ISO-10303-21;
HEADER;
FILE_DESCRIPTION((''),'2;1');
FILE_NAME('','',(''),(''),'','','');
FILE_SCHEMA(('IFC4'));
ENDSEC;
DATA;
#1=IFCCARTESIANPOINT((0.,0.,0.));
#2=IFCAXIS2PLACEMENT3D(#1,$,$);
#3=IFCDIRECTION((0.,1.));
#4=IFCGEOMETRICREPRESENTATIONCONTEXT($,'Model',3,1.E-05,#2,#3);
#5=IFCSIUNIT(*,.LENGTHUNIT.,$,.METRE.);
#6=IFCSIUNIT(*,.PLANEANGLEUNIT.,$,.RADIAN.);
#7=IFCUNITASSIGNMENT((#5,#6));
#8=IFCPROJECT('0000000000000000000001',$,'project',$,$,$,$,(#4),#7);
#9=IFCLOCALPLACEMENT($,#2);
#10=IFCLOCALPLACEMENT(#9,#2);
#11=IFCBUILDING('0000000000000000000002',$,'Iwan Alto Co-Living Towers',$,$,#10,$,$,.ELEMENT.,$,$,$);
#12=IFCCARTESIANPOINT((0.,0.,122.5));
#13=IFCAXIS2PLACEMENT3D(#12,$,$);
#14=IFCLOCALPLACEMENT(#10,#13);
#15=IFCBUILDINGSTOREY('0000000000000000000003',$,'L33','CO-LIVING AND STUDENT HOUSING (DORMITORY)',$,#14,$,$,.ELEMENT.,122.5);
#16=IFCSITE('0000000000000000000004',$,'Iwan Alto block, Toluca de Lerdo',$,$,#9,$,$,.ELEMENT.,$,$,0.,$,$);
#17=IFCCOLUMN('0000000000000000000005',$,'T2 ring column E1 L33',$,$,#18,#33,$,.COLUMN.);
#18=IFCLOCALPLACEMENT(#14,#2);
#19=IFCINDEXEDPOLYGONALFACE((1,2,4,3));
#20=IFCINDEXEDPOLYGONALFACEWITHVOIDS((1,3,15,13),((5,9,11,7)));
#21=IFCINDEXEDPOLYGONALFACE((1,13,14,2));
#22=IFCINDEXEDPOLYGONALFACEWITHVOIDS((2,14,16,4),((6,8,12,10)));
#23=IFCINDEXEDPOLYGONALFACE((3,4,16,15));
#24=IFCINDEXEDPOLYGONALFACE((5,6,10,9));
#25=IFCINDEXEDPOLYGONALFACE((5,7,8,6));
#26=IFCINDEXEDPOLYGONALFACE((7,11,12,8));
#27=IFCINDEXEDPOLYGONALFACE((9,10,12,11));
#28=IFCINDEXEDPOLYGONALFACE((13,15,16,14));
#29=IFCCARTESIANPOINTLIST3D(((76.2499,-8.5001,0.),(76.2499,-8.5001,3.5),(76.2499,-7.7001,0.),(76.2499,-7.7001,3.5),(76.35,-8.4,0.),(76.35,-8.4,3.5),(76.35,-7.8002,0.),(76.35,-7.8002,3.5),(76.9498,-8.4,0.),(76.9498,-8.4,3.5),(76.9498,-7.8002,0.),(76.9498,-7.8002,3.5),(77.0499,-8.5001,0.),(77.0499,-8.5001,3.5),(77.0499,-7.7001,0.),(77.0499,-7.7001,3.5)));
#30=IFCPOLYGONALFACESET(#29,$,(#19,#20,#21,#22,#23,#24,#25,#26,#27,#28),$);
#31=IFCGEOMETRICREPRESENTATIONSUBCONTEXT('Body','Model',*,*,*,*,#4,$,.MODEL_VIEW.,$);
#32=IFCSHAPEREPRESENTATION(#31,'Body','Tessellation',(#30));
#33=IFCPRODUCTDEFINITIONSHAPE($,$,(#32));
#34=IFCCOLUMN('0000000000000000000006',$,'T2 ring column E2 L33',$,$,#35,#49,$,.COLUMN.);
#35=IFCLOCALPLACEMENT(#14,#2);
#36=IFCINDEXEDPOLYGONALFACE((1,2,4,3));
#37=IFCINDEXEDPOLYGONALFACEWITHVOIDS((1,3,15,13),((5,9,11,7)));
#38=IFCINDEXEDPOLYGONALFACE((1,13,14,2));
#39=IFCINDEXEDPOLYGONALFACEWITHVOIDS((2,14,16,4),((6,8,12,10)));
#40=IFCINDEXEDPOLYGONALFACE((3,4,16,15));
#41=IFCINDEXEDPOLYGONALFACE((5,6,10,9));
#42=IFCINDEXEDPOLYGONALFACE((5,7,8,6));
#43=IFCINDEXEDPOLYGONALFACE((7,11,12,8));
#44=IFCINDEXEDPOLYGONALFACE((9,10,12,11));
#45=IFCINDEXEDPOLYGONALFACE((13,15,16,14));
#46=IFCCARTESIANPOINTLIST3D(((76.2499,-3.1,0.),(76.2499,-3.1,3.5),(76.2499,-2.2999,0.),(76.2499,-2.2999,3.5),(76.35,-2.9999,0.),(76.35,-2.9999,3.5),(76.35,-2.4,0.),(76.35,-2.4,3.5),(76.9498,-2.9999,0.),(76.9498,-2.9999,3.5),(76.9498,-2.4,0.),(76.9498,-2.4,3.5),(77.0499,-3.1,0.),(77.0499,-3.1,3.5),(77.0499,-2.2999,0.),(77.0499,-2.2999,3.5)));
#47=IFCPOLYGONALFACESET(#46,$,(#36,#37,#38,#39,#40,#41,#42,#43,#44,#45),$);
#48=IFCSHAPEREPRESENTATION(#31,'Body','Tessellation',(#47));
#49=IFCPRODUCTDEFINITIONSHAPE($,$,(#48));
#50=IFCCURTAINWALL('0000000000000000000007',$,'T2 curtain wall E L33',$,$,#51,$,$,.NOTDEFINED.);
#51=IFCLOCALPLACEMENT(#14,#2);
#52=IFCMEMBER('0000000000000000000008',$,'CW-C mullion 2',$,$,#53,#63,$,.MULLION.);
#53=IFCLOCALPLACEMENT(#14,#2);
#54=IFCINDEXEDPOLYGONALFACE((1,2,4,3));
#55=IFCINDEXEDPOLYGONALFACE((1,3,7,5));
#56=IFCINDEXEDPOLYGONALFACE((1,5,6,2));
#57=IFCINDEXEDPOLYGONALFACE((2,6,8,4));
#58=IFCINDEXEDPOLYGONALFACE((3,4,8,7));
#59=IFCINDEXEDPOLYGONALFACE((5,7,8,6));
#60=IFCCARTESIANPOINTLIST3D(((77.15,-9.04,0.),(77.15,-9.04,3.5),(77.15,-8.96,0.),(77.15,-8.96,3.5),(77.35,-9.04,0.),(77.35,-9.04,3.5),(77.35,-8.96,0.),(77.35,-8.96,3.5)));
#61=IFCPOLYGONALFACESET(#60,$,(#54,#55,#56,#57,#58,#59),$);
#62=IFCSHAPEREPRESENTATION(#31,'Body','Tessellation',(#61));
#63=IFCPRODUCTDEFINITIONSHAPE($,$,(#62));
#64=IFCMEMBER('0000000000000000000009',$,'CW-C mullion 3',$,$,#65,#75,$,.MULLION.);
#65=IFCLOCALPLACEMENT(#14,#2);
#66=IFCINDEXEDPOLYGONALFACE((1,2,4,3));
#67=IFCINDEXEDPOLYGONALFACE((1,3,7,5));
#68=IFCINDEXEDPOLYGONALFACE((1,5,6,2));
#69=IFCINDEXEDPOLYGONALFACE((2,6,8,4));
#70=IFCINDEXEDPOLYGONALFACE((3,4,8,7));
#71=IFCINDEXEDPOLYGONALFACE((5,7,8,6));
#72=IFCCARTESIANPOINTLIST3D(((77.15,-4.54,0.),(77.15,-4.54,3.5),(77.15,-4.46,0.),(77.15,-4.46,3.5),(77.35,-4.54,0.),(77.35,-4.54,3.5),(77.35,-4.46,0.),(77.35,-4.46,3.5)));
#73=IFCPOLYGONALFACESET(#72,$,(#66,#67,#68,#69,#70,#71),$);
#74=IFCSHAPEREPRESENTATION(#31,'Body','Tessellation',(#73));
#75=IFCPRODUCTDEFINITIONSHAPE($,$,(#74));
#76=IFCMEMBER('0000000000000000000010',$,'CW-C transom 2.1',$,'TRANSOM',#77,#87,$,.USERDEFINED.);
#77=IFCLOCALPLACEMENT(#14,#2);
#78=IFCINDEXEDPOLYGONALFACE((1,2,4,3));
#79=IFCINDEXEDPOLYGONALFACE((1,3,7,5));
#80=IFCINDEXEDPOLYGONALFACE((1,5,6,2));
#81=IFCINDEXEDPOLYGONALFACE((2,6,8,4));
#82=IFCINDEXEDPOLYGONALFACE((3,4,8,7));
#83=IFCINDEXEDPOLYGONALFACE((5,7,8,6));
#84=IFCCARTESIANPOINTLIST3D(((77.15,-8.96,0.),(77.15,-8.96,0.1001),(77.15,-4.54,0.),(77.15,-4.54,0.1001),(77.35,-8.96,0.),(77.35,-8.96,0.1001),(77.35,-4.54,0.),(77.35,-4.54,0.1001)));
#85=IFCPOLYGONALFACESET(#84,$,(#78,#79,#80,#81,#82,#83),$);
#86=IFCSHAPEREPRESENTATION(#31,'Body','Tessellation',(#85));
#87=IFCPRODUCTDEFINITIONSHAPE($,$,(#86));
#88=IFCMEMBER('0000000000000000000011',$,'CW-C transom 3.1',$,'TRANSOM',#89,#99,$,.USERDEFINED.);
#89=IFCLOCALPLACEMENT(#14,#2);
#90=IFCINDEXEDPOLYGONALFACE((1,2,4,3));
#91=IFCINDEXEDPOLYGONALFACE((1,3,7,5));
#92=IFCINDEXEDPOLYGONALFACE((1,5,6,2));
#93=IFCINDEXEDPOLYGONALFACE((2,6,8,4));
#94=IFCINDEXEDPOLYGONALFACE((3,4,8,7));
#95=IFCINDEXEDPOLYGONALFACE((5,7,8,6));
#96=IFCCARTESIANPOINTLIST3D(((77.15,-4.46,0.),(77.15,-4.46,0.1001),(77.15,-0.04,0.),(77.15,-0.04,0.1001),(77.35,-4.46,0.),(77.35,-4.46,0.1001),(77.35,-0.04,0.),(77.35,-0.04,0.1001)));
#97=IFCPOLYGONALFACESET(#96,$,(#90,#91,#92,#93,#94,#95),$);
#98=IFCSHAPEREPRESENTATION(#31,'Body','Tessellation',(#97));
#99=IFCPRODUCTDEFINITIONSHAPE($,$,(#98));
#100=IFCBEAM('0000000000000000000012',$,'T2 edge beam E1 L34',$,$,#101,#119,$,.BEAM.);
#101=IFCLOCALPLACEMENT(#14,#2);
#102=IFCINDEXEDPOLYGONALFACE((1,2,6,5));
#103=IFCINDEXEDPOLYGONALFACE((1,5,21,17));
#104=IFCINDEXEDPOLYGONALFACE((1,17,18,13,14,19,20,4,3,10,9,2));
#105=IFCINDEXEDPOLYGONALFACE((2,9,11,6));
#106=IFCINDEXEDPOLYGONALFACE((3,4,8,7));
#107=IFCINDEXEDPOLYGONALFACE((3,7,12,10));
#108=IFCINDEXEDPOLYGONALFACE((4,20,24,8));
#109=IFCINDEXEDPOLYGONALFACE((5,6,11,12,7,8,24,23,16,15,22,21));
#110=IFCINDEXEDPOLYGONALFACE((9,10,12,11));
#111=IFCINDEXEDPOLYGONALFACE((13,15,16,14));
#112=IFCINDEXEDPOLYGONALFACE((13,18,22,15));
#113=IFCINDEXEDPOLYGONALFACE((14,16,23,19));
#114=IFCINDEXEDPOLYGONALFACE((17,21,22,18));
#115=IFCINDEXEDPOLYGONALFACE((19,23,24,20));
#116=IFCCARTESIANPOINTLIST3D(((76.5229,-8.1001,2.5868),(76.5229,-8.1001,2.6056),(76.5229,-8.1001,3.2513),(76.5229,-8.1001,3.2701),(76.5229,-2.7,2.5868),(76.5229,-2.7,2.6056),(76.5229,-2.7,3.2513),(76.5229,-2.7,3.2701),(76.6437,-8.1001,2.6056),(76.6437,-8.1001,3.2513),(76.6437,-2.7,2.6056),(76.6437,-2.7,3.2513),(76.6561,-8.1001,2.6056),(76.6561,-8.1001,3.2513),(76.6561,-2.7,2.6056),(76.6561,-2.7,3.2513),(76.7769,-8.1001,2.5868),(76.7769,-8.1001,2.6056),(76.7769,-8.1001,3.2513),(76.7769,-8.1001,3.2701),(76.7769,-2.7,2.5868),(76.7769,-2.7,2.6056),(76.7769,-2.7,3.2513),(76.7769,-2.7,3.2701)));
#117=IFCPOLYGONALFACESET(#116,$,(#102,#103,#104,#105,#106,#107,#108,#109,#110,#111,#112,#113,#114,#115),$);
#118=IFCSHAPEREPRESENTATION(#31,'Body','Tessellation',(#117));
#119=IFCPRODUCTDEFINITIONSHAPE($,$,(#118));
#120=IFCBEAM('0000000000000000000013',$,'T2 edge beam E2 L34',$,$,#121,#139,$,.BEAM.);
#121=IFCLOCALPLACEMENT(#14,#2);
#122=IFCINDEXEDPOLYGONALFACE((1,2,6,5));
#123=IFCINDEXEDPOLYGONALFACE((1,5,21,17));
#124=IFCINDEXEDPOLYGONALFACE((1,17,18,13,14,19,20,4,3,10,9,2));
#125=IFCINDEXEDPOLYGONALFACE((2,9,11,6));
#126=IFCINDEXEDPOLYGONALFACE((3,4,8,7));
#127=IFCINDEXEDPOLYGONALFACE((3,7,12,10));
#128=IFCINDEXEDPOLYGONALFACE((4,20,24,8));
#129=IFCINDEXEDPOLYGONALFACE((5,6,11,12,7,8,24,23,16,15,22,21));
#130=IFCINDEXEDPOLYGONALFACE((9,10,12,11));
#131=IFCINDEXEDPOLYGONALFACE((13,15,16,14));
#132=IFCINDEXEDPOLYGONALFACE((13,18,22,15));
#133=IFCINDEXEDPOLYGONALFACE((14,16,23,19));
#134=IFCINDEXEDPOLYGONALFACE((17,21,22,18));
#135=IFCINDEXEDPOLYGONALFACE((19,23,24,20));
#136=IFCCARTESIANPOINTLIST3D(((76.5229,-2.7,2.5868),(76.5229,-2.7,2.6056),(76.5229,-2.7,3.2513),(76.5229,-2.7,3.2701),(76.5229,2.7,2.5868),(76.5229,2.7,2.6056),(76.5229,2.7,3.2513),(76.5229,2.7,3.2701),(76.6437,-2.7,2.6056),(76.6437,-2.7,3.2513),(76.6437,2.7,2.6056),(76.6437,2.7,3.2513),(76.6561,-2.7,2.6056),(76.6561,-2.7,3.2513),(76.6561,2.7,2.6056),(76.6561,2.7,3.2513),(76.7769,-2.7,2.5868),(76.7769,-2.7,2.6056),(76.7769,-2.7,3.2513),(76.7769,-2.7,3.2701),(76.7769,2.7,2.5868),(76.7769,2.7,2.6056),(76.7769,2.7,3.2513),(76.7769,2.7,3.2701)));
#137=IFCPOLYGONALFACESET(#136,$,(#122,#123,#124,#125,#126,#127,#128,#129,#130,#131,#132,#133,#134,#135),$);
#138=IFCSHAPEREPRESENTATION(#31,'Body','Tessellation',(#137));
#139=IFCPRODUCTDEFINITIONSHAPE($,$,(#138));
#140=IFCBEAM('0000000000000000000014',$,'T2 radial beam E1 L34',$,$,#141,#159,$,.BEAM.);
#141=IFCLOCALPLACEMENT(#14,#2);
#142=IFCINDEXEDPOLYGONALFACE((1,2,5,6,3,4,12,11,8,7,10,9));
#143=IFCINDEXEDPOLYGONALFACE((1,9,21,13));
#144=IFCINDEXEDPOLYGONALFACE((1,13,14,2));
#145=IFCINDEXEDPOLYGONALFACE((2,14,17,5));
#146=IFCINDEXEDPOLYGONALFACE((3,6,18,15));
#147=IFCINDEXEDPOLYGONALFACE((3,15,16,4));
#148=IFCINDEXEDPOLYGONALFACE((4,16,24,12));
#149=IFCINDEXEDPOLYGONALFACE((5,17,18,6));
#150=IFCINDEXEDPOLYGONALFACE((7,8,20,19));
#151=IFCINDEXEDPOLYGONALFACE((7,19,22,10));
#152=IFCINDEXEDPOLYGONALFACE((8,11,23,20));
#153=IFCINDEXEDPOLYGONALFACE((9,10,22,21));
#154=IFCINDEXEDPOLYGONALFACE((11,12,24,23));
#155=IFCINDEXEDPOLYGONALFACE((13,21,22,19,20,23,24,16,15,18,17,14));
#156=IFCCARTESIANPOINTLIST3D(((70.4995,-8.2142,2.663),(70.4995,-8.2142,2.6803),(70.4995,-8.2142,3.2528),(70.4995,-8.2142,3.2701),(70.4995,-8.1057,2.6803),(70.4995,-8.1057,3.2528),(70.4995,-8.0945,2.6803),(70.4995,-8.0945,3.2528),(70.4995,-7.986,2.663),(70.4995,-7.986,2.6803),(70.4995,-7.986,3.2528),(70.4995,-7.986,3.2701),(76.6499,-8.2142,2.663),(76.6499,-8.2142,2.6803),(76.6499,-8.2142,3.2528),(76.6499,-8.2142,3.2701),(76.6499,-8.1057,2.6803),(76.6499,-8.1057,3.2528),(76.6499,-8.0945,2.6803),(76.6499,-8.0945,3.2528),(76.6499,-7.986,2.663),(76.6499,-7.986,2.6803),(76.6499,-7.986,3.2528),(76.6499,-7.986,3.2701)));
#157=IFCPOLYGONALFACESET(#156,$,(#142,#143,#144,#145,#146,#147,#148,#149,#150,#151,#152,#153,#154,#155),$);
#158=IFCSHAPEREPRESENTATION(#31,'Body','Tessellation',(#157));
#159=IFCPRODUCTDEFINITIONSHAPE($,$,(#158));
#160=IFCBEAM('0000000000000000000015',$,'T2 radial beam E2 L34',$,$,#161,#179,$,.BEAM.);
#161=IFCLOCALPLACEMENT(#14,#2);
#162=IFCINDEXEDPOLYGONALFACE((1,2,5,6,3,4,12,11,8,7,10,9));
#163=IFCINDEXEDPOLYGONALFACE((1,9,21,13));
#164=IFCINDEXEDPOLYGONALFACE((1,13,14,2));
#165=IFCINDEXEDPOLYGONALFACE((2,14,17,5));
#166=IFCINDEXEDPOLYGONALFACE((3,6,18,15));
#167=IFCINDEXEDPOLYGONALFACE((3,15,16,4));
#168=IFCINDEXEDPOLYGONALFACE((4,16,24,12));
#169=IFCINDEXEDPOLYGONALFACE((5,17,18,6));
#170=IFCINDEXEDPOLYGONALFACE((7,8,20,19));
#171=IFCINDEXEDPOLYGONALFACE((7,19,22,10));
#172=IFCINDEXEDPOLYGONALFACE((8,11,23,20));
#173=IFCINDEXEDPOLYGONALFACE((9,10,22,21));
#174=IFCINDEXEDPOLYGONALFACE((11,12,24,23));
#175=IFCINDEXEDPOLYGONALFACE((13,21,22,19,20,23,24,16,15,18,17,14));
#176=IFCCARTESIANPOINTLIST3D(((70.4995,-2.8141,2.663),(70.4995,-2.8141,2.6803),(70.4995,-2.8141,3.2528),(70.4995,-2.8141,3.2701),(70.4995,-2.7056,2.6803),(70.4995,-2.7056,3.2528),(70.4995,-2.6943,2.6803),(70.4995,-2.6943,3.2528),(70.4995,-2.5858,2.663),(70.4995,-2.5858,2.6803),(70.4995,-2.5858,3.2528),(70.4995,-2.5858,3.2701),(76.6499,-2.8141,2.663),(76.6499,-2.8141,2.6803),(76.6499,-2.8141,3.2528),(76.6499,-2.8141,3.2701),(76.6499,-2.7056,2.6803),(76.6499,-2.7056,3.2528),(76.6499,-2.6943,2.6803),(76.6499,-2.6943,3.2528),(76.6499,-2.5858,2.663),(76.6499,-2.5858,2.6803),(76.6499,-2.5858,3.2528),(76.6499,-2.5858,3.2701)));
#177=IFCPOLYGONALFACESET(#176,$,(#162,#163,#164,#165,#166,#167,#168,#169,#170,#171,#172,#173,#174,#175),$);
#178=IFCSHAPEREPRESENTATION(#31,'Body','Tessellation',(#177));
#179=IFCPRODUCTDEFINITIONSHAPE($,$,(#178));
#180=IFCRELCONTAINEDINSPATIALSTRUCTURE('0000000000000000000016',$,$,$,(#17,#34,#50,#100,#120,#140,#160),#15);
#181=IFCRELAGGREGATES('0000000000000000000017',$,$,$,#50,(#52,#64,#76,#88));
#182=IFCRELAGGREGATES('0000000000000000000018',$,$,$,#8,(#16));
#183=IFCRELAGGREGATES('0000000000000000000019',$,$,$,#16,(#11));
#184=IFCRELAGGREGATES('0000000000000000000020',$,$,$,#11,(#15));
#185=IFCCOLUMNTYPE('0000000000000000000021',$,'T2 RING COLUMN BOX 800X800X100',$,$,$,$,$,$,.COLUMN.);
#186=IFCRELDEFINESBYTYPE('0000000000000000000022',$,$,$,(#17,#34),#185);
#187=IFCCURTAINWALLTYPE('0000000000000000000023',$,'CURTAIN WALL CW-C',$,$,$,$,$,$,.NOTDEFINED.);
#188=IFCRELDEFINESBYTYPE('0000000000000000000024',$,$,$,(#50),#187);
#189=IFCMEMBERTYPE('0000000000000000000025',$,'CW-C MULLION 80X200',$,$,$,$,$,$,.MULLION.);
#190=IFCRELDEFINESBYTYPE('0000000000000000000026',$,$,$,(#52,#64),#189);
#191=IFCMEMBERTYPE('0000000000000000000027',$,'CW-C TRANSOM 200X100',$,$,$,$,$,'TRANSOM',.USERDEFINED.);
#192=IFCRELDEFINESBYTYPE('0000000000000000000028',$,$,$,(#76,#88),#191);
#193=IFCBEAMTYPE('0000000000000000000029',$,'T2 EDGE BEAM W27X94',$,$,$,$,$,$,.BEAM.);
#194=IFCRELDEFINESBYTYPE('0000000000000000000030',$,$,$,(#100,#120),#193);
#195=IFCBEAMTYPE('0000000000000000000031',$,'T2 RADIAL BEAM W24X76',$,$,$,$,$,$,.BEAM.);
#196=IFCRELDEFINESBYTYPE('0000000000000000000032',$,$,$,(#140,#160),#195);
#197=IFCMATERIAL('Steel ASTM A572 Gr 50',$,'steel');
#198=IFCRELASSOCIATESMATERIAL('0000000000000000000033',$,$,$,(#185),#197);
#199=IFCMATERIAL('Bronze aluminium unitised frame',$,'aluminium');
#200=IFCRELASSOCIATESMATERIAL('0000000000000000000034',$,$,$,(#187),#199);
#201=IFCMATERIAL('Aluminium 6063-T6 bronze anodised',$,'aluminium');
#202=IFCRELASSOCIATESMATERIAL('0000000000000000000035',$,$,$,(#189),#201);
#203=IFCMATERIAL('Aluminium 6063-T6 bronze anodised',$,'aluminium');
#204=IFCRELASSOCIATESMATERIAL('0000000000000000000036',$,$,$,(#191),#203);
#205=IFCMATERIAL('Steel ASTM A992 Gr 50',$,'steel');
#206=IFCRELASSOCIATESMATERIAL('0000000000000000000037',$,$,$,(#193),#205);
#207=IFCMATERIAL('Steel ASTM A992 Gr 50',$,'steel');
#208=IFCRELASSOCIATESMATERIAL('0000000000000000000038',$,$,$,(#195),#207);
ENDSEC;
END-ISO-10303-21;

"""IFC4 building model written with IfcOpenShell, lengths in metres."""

from ifc_helpers import new_model, si_unit, direction, frame, origin, origin_2d, place, context, subcontext, project, spatial, rectangle, hollow_rectangle, i_section, extrude, material, material_profile, profile_set, type_object, element, aggregate, save


model = new_model("IFC4")

# Units and contexts
model_context = context("Model", 3, precision=1e-05, world=origin(), true_north=direction((0.0, 1.0)))
body_context = subcontext(model_context, "Body", "Model", "MODEL_VIEW")
ifc_project = project(units=[si_unit("LENGTHUNIT", "METRE"), si_unit("PLANEANGLEUNIT", "RADIAN")], contexts=[model_context])

# Site, building, storey
site_placement = place(None, origin())
site = spatial("IfcSite", under=ifc_project, at=site_placement, Name="Iwan Alto block, Toluca de Lerdo", CompositionType="ELEMENT", RefElevation=0.0)
building_placement = place(site_placement, origin())
building = spatial("IfcBuilding", under=site, at=building_placement, Name="Iwan Alto Co-Living Towers", CompositionType="ELEMENT")
storey_placement = place(building_placement, frame((0.0, 0.0, 122.5)))
storey = spatial("IfcBuildingStorey", under=building, at=storey_placement, Name="L33", Description="CO-LIVING AND STUDENT HOUSING (DORMITORY)", CompositionType="ELEMENT", Elevation=122.5)

# Columns
ifc_material_1 = material(Name="Steel ASTM A572 Gr 50", Category="steel")
ifc_material_profile_1 = material_profile(ifc_material_1, hollow_rectangle(XDim=0.8, YDim=0.8, WallThickness=0.1001, at=origin_2d()), Name="BOX 800X800X100")
ifc_profile_set_1 = profile_set([ifc_material_profile_1], Name="Steel ASTM A572 Gr 50")
column_type = type_object("IfcColumnType", Name="T2 RING COLUMN BOX 800X800X100", PredefinedType="COLUMN", material=ifc_profile_set_1)
for number, where, z_axis, x_axis, name in (
    (1, (76.6499, -8.1001, 0.0), (0.0, 0.0, 1.0), (1.0, 0.0, 0.0), "T2 ring column E1 L33"),
    (2, (76.6499, -2.7, 0.0), (0.0, 0.0, 1.0), (1.0, 0.0, 0.0), "T2 ring column E2 L33"),
):
    element("IfcColumn", number, at=place(storey_placement, frame(where, z_axis=z_axis, x_axis=x_axis)), inside=storey, type_object=column_type, Name=name, PredefinedType="COLUMN", context=body_context, shape_type="SweptSolid", body=[
        extrude(hollow_rectangle(XDim=0.8, YDim=0.8, WallThickness=0.1001, at=origin_2d()), origin(), (0.0, 0.0, 1.0), 3.5),
    ])

# Curtain wall, members
ifc_material_2 = material(Name="Bronze aluminium unitised frame", Category="aluminium")
curtain_wall_type = type_object("IfcCurtainWallType", Name="CURTAIN WALL CW-C", PredefinedType="NOTDEFINED", material=ifc_material_2)
curtain_wall_placement = place(storey_placement, origin())
curtain_wall = element("IfcCurtainWall", 3, at=curtain_wall_placement, inside=storey, type_object=curtain_wall_type, Name="T2 curtain wall E L33", PredefinedType="NOTDEFINED")
ifc_material_3 = material(Name="Aluminium 6063-T6 bronze anodised", Category="aluminium")
ifc_material_profile_2 = material_profile(ifc_material_3, rectangle(XDim=0.2, YDim=0.0801, at=origin_2d()), Name="AL 80X200")
ifc_profile_set_2 = profile_set([ifc_material_profile_2], Name="Aluminium 6063-T6 bronze anodised")
member_type_1 = type_object("IfcMemberType", Name="CW-C MULLION 80X200", PredefinedType="MULLION", material=ifc_profile_set_2)
member_1_placement = place(storey_placement, frame((77.25, -9.0, 0.0), z_axis=(0.0, 0.0, 1.0), x_axis=(-1.0, 0.0, 0.0)))
member_1 = element("IfcMember", 4, at=member_1_placement, type_object=member_type_1, Name="CW-C mullion 2", PredefinedType="MULLION", context=body_context, shape_type="SweptSolid", body=[
    extrude(rectangle(XDim=0.2, YDim=0.0801, at=origin_2d()), origin(), (0.0, 0.0, 1.0), 3.5),
])
member_2_placement = place(storey_placement, frame((77.25, -4.5, 0.0), z_axis=(0.0, 0.0, 1.0), x_axis=(-1.0, 0.0, 0.0)))
member_2 = element("IfcMember", 5, at=member_2_placement, type_object=member_type_1, Name="CW-C mullion 3", PredefinedType="MULLION", context=body_context, shape_type="SweptSolid", body=[
    extrude(rectangle(XDim=0.2, YDim=0.0801, at=origin_2d()), origin(), (0.0, 0.0, 1.0), 3.5),
])
ifc_material_4 = material(Name="Aluminium 6063-T6 bronze anodised", Category="aluminium")
ifc_material_profile_3 = material_profile(ifc_material_4, rectangle(XDim=0.2, YDim=0.1001, at=origin_2d()), Name="AL 200X100")
ifc_profile_set_3 = profile_set([ifc_material_profile_3], Name="Aluminium 6063-T6 bronze anodised")
member_type_2 = type_object("IfcMemberType", Name="CW-C TRANSOM 200X100", ElementType="TRANSOM", PredefinedType="USERDEFINED", material=ifc_profile_set_3)
member_3_placement = place(storey_placement, frame((77.25, -8.96, 0.05), z_axis=(0.0, 1.0, 0.0), x_axis=(-1.0, 0.0, 0.0)))
member_3 = element("IfcMember", 6, at=member_3_placement, type_object=member_type_2, Name="CW-C transom 2.1", ObjectType="TRANSOM", PredefinedType="USERDEFINED", context=body_context, shape_type="SweptSolid", body=[
    extrude(rectangle(XDim=0.2, YDim=0.1001, at=origin_2d()), origin(), (0.0, 0.0, 1.0), 4.4199),
])
member_4_placement = place(storey_placement, frame((77.25, -4.46, 0.05), z_axis=(0.0, 1.0, 0.0), x_axis=(-1.0, 0.0, 0.0)))
member_4 = element("IfcMember", 7, at=member_4_placement, type_object=member_type_2, Name="CW-C transom 3.1", ObjectType="TRANSOM", PredefinedType="USERDEFINED", context=body_context, shape_type="SweptSolid", body=[
    extrude(rectangle(XDim=0.2, YDim=0.1001, at=origin_2d()), origin(), (0.0, 0.0, 1.0), 4.4199),
])

# Beams
ifc_material_5 = material(Name="Steel ASTM A992 Gr 50", Category="steel")
ifc_material_profile_4 = material_profile(ifc_material_5, i_section(OverallWidth=0.2539, OverallDepth=0.6833, WebThickness=0.0125, FlangeThickness=0.0188, at=origin_2d()), Name="W27X94")
ifc_profile_set_4 = profile_set([ifc_material_profile_4], Name="Steel ASTM A992 Gr 50")
beam_type_1 = type_object("IfcBeamType", Name="T2 EDGE BEAM W27X94", PredefinedType="BEAM", material=ifc_profile_set_4)
beam_1_placement = place(storey_placement, frame((76.6499, -8.1001, 2.9285), z_axis=(0.0, 1.0, 0.0), x_axis=(-1.0, 0.0, 0.0)))
element("IfcBeam", 8, at=beam_1_placement, inside=storey, type_object=beam_type_1, Name="T2 edge beam E1 L34", PredefinedType="BEAM", context=body_context, shape_type="SweptSolid", body=[
    extrude(i_section(OverallWidth=0.2539, OverallDepth=0.6833, WebThickness=0.0125, FlangeThickness=0.0188, at=origin_2d()), origin(), (0.0, 0.0, 1.0), 5.4001),
])
beam_2_placement = place(storey_placement, frame((76.6499, -2.7, 2.9285), z_axis=(0.0, 1.0, 0.0), x_axis=(-1.0, 0.0, 0.0)))
element("IfcBeam", 9, at=beam_2_placement, inside=storey, type_object=beam_type_1, Name="T2 edge beam E2 L34", PredefinedType="BEAM", context=body_context, shape_type="SweptSolid", body=[
    extrude(i_section(OverallWidth=0.2539, OverallDepth=0.6833, WebThickness=0.0125, FlangeThickness=0.0188, at=origin_2d()), origin(), (0.0, 0.0, 1.0), 5.3999),
])
ifc_material_6 = material(Name="Steel ASTM A992 Gr 50", Category="steel")
ifc_material_profile_5 = material_profile(ifc_material_6, i_section(OverallWidth=0.2283, OverallDepth=0.6072, WebThickness=0.0112, FlangeThickness=0.0173, at=origin_2d()), Name="W24X76")
ifc_profile_set_5 = profile_set([ifc_material_profile_5], Name="Steel ASTM A992 Gr 50")
beam_type_2 = type_object("IfcBeamType", Name="T2 RADIAL BEAM W24X76", PredefinedType="BEAM", material=ifc_profile_set_5)
for number, where, z_axis, x_axis, name in (
    (10, (76.6499, -8.1001, 2.9666), (-1.0, 0.0, 0.0), (0.0, -1.0, 0.0), "T2 radial beam E1 L34"),
    (11, (76.6499, -2.7, 2.9666), (-1.0, 0.0, 0.0), (0.0, -1.0, 0.0), "T2 radial beam E2 L34"),
):
    element("IfcBeam", number, at=place(storey_placement, frame(where, z_axis=z_axis, x_axis=x_axis)), inside=storey, type_object=beam_type_2, Name=name, PredefinedType="BEAM", context=body_context, shape_type="SweptSolid", body=[
        extrude(i_section(OverallWidth=0.2283, OverallDepth=0.6072, WebThickness=0.0112, FlangeThickness=0.0173, at=origin_2d()), origin(), (0.0, 0.0, 1.0), 6.1504),
    ])

aggregate(curtain_wall, [member_1, member_2, member_3, member_4])

save(model, "model.ifc")
